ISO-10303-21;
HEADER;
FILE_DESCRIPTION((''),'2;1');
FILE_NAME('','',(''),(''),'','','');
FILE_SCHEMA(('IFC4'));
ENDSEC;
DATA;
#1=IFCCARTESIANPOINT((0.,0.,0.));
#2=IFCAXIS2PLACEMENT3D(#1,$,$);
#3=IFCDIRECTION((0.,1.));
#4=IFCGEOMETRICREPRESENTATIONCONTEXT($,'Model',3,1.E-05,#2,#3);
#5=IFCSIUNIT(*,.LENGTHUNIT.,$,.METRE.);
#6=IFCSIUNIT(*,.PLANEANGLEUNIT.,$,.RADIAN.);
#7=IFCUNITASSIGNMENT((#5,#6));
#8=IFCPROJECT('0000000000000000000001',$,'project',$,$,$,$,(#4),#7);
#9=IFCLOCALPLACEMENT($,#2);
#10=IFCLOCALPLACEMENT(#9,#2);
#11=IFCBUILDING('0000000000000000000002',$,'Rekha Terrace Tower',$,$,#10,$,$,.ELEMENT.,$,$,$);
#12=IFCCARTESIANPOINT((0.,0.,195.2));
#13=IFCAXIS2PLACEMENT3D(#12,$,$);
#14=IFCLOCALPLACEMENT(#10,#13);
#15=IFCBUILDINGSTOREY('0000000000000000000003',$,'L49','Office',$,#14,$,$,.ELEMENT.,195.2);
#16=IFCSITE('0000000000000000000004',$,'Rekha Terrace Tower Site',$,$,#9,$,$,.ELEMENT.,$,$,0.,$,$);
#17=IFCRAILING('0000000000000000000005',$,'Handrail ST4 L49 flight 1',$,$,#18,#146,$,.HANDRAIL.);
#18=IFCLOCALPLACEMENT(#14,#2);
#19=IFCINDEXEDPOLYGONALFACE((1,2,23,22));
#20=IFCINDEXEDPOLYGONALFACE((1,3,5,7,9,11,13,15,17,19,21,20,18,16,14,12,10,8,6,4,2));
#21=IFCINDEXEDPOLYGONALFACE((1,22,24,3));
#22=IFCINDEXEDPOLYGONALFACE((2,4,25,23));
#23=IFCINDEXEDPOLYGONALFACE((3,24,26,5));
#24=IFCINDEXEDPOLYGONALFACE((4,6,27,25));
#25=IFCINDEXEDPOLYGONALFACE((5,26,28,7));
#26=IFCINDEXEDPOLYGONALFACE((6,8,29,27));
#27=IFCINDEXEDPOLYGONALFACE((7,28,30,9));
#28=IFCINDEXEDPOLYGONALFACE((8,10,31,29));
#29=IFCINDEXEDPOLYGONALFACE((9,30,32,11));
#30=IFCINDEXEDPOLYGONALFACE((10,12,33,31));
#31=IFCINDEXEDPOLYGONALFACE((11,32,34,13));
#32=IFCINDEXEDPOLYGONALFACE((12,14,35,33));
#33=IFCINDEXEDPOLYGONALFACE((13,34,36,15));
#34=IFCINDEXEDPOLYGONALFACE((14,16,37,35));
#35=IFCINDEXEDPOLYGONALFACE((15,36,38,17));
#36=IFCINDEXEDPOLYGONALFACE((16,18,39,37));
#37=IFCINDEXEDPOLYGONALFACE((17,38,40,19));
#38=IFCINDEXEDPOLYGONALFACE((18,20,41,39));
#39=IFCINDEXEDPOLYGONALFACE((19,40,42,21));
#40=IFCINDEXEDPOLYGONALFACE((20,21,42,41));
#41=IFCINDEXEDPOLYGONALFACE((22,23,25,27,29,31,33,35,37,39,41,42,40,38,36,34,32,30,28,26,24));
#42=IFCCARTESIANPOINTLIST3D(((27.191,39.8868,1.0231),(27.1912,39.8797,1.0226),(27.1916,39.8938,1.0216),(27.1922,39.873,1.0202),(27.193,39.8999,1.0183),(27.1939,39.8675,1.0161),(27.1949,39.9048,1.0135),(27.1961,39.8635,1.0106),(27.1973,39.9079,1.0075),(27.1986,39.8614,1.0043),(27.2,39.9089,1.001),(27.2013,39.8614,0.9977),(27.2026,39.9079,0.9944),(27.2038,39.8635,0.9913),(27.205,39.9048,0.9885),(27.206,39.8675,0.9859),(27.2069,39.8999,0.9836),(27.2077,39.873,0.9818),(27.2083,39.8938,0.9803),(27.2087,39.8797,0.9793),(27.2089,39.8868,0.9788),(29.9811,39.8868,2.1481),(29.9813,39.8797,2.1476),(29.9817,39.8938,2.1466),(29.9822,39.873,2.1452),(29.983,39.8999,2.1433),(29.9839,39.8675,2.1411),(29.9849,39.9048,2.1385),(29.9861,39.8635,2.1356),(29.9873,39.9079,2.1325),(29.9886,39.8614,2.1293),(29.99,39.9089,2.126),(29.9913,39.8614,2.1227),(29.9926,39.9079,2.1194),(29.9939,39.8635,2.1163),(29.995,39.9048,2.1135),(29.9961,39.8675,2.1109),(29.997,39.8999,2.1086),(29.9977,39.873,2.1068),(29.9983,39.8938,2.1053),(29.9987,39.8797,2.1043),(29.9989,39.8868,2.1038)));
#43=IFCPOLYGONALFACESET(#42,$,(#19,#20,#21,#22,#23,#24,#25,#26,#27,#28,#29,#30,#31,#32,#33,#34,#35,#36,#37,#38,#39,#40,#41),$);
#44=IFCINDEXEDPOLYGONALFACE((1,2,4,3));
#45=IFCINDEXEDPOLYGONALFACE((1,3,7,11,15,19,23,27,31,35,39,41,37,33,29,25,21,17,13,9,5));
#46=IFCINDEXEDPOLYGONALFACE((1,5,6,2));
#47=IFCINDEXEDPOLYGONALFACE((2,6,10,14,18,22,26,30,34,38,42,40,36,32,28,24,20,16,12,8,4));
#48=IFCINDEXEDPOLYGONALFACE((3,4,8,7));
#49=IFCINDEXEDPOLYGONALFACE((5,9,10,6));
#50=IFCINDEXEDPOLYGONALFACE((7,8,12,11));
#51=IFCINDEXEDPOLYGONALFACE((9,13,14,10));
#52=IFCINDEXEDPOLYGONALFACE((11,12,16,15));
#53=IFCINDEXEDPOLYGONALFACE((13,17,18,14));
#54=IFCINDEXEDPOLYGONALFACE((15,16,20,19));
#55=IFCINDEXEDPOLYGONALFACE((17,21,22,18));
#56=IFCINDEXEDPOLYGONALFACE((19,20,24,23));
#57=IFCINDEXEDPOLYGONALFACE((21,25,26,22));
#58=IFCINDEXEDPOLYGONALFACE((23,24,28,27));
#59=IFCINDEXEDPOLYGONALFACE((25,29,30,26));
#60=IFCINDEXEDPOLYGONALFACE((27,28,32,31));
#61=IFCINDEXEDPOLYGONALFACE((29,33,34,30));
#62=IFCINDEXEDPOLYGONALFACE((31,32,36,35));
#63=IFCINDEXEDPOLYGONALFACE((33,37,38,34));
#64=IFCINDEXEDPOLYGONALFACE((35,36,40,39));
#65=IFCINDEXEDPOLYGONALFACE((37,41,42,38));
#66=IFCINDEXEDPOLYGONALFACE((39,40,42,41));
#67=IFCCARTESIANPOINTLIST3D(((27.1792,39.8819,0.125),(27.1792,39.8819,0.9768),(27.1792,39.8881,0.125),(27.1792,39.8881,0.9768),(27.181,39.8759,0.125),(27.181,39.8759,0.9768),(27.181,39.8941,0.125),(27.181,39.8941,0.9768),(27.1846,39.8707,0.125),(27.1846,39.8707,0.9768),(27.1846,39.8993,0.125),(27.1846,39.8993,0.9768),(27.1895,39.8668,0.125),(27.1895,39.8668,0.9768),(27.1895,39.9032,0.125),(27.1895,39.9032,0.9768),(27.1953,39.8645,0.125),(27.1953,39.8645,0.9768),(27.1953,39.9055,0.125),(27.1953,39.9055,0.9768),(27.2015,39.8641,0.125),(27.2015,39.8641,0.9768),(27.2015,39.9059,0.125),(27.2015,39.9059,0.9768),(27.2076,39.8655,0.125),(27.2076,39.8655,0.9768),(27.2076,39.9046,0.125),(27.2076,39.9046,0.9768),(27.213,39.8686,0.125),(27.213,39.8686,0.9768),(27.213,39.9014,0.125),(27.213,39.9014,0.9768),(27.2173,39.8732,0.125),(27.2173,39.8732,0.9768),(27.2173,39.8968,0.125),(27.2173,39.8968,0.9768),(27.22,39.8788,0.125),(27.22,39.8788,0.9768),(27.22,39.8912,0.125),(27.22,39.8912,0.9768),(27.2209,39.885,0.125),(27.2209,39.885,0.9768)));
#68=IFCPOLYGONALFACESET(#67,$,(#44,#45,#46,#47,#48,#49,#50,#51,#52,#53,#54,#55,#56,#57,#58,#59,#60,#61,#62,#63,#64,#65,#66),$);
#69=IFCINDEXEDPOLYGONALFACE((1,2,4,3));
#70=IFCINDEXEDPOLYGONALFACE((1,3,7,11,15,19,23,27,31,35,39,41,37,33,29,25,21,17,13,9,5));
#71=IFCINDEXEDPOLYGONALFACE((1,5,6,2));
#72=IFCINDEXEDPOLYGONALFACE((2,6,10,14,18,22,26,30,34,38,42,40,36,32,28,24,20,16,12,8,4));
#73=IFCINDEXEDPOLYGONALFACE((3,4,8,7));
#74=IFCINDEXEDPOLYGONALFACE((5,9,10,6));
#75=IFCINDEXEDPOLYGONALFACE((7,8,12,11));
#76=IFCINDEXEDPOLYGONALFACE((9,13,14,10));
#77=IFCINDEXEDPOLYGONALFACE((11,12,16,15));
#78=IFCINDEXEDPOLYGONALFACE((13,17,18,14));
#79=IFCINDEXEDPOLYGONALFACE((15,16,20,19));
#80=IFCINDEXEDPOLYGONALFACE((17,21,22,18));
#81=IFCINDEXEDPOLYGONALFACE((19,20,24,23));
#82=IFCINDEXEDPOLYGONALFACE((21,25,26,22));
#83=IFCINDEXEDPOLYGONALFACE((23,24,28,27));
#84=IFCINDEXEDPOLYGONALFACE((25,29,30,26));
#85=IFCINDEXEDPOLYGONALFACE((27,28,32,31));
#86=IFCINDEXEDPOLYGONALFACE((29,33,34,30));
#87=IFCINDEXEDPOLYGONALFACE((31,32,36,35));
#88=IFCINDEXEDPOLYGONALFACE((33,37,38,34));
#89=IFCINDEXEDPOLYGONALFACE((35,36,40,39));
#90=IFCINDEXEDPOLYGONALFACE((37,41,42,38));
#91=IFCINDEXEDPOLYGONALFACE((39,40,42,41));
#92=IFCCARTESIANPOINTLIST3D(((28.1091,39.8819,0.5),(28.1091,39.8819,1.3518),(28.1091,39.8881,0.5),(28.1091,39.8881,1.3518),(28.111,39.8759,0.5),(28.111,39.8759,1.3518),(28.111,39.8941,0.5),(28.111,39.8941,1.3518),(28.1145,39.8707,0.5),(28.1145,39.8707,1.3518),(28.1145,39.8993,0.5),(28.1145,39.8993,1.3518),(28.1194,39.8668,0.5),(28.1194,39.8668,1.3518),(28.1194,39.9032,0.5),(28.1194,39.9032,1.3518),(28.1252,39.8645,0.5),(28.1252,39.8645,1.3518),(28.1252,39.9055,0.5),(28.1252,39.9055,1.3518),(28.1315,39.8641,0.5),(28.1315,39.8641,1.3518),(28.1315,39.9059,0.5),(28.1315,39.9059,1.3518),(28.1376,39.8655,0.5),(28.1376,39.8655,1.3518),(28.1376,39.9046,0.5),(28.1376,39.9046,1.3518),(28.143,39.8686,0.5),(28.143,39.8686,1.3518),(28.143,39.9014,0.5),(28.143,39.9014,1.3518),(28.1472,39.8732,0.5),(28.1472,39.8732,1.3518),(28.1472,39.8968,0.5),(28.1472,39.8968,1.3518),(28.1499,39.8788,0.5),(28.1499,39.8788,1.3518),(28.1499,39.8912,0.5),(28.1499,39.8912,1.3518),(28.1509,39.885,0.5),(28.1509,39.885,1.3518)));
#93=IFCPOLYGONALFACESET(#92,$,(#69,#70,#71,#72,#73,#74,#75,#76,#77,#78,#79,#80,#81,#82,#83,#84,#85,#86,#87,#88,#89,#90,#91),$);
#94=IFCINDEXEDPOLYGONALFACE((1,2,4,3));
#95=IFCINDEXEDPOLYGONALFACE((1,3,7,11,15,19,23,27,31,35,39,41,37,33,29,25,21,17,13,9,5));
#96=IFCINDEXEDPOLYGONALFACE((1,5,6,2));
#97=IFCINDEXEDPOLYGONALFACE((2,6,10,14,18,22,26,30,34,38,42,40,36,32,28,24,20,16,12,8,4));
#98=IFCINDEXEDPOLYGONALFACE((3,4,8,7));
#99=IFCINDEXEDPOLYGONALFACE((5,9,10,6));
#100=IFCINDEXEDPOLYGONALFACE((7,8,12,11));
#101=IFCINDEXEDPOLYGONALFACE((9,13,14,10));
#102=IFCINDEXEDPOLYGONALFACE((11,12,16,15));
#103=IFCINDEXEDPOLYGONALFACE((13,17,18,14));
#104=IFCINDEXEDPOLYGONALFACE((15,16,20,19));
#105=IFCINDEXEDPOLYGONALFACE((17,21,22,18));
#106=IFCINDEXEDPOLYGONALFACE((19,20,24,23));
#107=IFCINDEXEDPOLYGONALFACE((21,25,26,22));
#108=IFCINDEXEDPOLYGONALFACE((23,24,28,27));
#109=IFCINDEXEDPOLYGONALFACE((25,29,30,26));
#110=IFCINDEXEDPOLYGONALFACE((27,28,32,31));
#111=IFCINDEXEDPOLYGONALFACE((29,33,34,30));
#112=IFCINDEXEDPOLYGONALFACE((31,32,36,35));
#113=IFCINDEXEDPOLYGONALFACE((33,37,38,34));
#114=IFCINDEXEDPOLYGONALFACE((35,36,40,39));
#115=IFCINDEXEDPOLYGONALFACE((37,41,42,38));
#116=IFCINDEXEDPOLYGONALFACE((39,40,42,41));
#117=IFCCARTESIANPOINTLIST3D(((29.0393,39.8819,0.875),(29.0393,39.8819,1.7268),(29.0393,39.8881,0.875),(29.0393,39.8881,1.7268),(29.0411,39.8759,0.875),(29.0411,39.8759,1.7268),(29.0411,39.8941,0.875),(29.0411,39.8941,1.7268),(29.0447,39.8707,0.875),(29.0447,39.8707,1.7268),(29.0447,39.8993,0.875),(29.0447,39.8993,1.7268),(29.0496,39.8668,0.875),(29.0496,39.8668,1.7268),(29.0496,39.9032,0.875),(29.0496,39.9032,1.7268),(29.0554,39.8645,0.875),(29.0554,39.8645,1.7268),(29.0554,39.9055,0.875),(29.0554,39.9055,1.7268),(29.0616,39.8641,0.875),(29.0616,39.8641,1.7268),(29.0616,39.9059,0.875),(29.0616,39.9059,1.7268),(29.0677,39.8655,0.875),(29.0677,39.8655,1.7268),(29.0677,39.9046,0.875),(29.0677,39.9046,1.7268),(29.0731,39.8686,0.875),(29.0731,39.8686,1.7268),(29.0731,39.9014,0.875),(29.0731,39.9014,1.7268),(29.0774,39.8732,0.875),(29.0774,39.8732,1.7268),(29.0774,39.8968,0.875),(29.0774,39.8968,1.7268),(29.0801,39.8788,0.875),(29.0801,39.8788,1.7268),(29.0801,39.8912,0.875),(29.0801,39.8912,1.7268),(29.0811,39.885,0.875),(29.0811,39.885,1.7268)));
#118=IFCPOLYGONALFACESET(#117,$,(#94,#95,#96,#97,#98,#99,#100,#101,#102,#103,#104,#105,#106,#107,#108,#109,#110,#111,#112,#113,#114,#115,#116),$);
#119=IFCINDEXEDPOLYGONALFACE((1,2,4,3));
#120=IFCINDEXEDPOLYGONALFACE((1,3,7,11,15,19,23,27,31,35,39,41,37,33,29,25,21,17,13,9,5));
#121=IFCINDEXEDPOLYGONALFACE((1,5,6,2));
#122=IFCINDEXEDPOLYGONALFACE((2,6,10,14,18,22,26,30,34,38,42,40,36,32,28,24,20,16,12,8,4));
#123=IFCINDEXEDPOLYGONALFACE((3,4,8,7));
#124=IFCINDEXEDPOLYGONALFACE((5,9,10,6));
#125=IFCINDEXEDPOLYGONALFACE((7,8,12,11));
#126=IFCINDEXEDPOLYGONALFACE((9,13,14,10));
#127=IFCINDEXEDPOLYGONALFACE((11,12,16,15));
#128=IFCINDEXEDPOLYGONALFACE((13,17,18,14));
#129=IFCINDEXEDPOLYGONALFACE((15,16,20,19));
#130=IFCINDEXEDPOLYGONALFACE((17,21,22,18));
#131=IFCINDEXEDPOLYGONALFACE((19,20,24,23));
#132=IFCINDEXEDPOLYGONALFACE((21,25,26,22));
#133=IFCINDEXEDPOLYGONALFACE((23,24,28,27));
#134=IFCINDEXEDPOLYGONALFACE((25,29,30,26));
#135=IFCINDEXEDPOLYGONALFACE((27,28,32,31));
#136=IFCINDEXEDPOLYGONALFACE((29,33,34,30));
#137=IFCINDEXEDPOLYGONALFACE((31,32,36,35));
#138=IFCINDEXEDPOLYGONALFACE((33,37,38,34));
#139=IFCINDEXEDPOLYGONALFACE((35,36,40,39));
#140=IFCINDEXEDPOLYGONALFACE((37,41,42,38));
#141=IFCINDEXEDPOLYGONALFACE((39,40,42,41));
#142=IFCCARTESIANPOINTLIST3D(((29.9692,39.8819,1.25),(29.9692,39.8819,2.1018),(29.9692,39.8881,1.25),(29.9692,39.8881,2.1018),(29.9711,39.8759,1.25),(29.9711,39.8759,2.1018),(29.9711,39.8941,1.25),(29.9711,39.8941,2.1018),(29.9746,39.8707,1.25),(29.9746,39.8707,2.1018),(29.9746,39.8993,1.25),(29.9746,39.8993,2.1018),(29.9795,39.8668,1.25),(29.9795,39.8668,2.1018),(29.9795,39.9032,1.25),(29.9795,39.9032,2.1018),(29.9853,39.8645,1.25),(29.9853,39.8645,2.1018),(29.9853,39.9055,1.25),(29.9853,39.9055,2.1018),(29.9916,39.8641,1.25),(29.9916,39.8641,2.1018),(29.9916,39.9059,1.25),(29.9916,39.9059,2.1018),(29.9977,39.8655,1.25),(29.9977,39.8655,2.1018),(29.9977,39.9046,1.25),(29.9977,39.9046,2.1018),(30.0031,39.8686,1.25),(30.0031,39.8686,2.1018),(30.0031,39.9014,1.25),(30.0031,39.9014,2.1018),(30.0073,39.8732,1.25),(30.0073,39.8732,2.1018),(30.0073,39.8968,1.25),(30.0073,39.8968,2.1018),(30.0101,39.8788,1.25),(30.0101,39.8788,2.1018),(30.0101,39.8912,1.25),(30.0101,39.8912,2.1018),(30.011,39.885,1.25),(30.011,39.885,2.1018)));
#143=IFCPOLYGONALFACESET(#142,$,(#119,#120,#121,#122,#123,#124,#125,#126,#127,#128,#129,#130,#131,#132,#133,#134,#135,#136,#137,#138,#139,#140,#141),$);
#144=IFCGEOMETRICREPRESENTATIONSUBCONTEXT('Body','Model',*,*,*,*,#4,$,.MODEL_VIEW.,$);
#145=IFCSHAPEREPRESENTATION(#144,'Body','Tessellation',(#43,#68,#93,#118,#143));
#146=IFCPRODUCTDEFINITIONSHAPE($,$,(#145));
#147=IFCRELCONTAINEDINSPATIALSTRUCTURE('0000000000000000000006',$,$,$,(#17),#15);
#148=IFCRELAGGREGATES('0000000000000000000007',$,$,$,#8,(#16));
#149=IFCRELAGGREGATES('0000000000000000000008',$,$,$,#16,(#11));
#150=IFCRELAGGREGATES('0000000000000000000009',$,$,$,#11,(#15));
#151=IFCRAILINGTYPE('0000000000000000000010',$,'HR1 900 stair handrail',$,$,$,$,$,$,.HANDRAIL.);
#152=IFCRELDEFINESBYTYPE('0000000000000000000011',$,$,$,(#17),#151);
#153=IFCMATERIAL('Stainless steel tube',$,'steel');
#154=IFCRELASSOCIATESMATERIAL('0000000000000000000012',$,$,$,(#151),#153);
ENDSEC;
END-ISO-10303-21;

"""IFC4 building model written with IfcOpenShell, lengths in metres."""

from ifc_helpers import new_model, si_unit, direction, frame, origin, origin_2d, place, context, subcontext, project, spatial, circle, extrude, material, type_object, element, save


model = new_model("IFC4")

# Units and contexts
model_context = context("Model", 3, precision=1e-05, world=origin(), true_north=direction((0.0, 1.0)))
body_context = subcontext(model_context, "Body", "Model", "MODEL_VIEW")
ifc_project = project(units=[si_unit("LENGTHUNIT", "METRE"), si_unit("PLANEANGLEUNIT", "RADIAN")], contexts=[model_context])

# Site, building, storey
site_placement = place(None, origin())
site = spatial("IfcSite", under=ifc_project, at=site_placement, Name="Rekha Terrace Tower Site", CompositionType="ELEMENT", RefElevation=0.0)
building_placement = place(site_placement, origin())
building = spatial("IfcBuilding", under=site, at=building_placement, Name="Rekha Terrace Tower", CompositionType="ELEMENT")
storey_placement = place(building_placement, frame((0.0, 0.0, 195.2)))
storey = spatial("IfcBuildingStorey", under=building, at=storey_placement, Name="L49", Description="Office", CompositionType="ELEMENT", Elevation=195.2)

# Railing
ifc_material_1 = material(Name="Stainless steel tube", Category="steel")
railing_type_1 = type_object("IfcRailingType", Name="HR1 900 stair handrail", PredefinedType="HANDRAIL", material=ifc_material_1)
railing_1_placement = place(storey_placement, frame((27.2, 39.885, 0.125)))
element("IfcRailing", 1, at=railing_1_placement, inside=storey, type_object=railing_type_1, Name="Handrail ST4 L49 flight 1", PredefinedType="HANDRAIL", context=body_context, shape_type="SweptSolid", body=[
    extrude(circle(Radius=0.0239, at=origin_2d()), frame((0.0, 0.0, 0.876), z_axis=(0.927443, 0.0, 0.373964), x_axis=(0.0, 1.0, 0.0)), (0.0, 0.0, 1.0), 3.0083),
    extrude(circle(Radius=0.021, at=origin_2d()), origin(), (0.0, 0.0, 1.0), 0.8518),
    extrude(circle(Radius=0.021, at=origin_2d()), frame((0.9299, 0.0, 0.375)), (0.0, 0.0, 1.0), 0.8518),
    extrude(circle(Radius=0.021, at=origin_2d()), frame((1.8601, 0.0, 0.75)), (0.0, 0.0, 1.0), 0.8518),
    extrude(circle(Radius=0.021, at=origin_2d()), frame((2.79, 0.0, 1.125)), (0.0, 0.0, 1.0), 0.8518),
])

save(model, "model.ifc")
